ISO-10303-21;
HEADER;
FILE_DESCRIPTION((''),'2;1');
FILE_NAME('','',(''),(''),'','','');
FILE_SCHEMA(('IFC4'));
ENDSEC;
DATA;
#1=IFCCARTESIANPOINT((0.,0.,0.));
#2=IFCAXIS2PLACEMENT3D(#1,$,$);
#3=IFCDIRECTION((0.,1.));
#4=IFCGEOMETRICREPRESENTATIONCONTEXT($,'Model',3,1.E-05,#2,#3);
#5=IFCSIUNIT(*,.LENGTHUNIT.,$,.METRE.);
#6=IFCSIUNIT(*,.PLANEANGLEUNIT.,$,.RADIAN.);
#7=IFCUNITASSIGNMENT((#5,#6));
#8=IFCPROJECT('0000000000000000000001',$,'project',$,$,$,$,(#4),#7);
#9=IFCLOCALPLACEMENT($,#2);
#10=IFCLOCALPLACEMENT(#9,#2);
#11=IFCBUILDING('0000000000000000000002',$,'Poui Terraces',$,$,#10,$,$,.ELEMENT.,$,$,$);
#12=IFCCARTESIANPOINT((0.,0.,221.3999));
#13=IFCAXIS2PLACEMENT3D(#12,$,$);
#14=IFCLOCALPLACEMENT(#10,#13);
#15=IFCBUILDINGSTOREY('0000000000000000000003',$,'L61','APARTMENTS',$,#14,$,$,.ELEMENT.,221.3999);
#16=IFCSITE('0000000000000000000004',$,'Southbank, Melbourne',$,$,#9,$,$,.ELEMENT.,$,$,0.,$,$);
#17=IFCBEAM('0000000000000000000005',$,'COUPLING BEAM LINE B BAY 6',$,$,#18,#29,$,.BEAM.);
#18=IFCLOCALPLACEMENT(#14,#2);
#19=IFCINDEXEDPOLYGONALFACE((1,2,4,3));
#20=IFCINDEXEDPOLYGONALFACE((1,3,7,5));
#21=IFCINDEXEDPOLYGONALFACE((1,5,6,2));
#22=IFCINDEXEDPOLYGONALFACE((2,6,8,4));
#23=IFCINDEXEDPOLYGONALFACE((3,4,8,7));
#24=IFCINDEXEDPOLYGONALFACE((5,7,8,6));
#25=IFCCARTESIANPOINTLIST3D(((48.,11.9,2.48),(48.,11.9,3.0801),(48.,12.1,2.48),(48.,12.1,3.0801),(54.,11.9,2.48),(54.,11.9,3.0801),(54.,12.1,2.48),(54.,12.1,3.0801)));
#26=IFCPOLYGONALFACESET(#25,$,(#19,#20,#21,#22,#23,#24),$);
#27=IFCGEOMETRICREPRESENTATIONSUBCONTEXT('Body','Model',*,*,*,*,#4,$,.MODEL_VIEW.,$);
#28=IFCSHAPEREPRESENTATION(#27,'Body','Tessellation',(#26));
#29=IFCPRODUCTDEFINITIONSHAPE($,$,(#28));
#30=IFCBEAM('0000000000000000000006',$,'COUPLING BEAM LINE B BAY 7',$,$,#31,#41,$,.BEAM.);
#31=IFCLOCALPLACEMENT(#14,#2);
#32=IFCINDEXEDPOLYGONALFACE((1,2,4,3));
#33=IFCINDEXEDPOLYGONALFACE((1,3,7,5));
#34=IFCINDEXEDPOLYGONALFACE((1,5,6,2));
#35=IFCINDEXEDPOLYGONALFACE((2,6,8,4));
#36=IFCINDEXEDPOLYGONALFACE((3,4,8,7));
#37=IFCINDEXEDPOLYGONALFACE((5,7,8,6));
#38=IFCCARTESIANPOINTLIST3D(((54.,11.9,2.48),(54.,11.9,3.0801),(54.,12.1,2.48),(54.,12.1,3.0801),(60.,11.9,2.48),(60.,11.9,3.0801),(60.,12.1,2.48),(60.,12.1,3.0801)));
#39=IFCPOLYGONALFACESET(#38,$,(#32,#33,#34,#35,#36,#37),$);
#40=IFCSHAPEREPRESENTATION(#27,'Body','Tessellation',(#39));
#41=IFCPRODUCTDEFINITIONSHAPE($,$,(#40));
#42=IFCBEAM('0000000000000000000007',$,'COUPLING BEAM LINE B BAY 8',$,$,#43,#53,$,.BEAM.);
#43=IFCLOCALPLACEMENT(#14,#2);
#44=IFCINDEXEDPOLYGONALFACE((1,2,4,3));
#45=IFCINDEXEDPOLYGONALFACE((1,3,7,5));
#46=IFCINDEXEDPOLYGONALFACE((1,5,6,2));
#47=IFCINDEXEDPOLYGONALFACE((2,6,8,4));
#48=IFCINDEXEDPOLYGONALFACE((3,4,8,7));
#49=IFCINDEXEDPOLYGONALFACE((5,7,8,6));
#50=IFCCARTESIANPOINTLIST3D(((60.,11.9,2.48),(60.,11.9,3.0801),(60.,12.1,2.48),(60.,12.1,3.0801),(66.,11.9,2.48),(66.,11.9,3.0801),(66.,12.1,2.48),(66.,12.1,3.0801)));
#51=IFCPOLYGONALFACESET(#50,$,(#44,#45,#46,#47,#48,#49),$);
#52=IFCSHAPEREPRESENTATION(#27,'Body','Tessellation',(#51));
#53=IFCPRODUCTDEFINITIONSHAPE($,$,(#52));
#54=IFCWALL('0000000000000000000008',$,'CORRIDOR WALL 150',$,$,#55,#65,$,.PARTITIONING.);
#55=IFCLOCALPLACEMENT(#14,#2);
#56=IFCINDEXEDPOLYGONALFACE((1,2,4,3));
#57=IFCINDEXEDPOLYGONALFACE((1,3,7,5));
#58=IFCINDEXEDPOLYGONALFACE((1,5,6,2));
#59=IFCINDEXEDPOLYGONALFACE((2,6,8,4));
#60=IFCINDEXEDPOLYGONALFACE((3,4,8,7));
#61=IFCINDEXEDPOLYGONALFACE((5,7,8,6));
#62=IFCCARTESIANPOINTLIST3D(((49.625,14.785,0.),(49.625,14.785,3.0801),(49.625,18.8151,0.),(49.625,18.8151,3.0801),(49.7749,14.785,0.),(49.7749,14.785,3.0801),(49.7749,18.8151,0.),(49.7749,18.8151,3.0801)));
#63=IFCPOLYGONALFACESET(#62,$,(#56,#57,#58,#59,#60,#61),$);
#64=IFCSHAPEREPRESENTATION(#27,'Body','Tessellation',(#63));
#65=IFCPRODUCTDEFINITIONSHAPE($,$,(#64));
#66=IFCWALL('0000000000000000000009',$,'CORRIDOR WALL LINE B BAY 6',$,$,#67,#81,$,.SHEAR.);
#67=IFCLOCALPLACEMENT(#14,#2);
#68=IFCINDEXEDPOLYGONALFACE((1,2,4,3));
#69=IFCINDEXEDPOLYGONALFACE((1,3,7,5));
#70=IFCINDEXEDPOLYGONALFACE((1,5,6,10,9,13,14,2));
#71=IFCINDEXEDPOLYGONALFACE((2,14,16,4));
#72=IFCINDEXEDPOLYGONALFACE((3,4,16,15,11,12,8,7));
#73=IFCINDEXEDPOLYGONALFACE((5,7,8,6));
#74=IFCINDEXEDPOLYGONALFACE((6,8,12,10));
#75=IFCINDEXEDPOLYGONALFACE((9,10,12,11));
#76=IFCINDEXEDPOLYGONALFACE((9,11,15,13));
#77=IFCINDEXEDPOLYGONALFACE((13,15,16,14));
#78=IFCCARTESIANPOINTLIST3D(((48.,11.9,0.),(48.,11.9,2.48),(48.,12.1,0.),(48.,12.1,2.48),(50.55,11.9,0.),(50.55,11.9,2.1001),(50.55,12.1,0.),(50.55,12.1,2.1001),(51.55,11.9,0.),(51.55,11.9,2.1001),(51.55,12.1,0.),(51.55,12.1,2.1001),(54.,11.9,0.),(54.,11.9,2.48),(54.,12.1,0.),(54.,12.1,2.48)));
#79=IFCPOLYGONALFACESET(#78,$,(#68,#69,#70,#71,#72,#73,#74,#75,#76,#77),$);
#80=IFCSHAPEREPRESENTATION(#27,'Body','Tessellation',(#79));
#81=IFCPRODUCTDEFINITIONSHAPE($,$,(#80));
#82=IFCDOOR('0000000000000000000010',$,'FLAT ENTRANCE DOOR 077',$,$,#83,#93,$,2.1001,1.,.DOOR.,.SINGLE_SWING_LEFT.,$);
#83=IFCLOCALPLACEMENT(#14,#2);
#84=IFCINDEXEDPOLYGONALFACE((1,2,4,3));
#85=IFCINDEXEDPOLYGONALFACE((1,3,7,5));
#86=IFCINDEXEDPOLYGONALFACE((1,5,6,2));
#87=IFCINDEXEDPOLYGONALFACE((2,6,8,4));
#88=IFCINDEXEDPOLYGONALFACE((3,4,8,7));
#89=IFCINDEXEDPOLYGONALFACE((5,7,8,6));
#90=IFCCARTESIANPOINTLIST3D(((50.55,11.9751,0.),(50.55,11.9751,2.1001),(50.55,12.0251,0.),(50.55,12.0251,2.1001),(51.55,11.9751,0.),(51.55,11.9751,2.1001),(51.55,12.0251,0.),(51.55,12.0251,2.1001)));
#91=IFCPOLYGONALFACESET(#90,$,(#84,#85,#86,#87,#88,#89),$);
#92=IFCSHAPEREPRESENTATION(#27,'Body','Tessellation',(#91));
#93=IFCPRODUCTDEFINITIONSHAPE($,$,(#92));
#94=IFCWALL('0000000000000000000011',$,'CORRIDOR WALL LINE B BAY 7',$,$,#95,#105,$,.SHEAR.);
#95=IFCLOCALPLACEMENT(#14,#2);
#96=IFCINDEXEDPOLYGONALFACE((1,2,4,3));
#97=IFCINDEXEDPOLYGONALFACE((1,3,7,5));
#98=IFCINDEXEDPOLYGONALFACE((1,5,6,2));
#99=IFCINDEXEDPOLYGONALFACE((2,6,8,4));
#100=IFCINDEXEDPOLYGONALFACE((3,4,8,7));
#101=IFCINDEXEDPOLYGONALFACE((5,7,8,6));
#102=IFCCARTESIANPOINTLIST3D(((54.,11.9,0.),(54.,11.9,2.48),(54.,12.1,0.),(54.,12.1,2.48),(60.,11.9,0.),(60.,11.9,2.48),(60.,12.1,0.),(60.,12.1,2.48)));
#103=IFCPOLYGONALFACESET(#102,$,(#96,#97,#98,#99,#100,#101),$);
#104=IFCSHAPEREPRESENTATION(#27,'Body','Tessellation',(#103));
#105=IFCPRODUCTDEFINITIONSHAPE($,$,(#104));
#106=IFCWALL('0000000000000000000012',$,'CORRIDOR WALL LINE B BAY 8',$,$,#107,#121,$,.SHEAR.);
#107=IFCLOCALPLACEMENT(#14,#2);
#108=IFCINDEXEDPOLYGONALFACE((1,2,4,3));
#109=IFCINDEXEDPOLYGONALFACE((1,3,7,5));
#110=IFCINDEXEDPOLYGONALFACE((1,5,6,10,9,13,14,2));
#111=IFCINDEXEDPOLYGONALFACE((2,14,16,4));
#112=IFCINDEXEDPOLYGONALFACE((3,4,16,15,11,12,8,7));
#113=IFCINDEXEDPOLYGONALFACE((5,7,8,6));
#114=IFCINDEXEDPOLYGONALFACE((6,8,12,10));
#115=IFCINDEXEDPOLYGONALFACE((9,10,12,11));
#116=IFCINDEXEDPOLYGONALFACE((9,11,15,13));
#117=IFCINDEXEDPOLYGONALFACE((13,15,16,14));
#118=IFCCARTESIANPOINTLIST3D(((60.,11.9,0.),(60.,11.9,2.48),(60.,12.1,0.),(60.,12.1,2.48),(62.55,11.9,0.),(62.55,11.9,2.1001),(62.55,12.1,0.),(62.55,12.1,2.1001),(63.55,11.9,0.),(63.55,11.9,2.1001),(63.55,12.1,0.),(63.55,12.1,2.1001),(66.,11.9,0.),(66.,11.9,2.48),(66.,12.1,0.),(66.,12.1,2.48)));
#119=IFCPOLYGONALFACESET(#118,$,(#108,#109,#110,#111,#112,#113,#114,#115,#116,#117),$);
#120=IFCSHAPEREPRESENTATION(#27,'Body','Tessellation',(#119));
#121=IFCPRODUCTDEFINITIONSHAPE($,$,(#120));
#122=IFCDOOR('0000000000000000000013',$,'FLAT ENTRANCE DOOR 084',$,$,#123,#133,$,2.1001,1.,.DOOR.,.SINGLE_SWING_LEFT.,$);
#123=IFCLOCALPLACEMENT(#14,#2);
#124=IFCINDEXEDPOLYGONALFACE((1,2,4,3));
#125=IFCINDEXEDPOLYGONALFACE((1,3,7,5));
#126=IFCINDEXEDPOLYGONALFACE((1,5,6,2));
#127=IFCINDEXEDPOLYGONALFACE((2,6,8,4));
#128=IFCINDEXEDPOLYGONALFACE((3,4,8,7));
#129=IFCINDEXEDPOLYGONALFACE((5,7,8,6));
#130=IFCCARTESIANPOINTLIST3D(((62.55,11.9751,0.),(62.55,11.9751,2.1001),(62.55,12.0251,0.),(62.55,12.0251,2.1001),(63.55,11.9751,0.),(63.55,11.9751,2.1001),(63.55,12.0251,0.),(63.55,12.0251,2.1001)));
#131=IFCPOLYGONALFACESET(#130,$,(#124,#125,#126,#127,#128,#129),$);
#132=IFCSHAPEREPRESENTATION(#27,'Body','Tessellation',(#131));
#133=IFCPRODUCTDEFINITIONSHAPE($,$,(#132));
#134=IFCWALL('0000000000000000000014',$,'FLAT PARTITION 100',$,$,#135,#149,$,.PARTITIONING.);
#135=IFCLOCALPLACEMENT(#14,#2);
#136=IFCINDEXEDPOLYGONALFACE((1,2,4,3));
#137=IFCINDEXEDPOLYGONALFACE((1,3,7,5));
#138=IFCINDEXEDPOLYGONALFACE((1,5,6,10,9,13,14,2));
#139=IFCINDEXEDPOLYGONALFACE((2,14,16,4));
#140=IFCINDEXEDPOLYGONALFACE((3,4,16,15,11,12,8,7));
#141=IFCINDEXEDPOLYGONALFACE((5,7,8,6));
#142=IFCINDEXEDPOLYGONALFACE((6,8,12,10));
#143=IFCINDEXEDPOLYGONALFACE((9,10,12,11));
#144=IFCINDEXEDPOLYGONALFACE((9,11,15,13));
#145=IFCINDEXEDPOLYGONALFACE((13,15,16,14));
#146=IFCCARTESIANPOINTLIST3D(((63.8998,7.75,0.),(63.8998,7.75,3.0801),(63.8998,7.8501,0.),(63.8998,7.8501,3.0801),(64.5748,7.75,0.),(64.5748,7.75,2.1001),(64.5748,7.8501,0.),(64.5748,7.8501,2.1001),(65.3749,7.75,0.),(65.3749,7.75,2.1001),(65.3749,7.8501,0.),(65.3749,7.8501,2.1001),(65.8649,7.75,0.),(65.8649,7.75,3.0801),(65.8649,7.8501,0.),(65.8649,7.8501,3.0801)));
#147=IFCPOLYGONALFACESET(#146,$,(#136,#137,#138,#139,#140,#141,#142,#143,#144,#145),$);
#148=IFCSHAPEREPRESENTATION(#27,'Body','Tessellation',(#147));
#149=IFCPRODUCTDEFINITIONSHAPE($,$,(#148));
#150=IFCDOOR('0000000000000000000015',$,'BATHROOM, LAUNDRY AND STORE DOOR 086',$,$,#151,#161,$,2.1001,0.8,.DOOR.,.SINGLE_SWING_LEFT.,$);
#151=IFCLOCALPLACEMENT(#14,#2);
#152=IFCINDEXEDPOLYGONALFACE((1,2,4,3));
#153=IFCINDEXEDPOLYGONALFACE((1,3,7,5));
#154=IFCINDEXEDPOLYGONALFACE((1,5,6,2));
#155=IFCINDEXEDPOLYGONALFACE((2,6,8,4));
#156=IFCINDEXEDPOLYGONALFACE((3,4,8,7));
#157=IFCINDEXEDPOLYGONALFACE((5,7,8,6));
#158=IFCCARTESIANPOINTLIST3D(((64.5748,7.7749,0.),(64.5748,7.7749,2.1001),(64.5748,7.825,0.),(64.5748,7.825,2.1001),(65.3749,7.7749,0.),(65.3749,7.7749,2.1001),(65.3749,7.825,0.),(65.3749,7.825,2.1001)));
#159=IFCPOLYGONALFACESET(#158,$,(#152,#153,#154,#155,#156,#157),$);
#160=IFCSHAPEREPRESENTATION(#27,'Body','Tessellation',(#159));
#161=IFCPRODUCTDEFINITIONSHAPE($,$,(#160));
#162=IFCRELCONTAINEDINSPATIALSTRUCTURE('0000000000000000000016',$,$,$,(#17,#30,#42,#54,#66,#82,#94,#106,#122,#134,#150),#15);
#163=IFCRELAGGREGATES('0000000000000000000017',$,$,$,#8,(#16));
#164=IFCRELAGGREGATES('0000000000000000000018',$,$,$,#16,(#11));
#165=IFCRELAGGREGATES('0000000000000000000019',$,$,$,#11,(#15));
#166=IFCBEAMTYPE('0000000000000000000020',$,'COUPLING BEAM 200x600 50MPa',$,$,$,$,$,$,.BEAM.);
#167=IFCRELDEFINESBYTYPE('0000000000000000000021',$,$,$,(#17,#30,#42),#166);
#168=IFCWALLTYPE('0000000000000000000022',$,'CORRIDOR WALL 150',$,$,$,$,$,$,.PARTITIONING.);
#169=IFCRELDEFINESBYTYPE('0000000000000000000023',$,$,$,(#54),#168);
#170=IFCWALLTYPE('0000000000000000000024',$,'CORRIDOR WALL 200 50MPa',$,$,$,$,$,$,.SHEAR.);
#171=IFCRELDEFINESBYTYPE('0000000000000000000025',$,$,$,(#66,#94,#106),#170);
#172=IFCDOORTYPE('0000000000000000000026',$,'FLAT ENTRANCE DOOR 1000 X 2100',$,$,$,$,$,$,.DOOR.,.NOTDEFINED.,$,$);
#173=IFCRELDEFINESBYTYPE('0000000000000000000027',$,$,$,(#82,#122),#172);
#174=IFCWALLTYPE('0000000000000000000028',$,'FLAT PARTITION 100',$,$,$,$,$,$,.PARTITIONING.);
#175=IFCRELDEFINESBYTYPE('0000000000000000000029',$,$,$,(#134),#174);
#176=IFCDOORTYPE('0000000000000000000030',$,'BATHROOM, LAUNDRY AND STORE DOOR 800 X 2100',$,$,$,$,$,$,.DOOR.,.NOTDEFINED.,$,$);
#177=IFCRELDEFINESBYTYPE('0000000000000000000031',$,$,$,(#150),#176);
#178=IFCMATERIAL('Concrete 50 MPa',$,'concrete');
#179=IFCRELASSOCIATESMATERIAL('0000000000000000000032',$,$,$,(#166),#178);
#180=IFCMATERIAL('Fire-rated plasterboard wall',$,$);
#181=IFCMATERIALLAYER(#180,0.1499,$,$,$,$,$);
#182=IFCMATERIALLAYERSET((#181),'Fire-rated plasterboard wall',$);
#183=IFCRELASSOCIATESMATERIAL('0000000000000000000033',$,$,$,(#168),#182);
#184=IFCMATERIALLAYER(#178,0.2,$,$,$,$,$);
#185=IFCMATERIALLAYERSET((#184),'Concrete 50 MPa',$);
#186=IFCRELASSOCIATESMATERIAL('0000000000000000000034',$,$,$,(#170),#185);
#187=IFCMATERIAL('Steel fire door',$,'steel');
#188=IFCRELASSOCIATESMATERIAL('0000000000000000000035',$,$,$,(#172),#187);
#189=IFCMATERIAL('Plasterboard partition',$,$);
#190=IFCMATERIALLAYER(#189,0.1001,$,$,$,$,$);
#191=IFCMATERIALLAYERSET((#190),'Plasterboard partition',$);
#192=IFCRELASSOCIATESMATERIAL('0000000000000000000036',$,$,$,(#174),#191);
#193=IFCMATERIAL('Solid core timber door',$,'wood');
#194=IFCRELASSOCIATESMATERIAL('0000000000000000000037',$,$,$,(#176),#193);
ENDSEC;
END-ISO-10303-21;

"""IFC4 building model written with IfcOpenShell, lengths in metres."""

from ifc_helpers import new_model, si_unit, direction, frame, frame_2d, origin, origin_2d, place, context, subcontext, project, spatial, rectangle, extrude, source, transform, mapped, material, layer, layer_set, material_profile, profile_set, type_object, element, fill, save


model = new_model("IFC4")

# Units and contexts
model_context = context("Model", 3, precision=1e-05, world=origin(), true_north=direction((0.0, 1.0)))
body_context = subcontext(model_context, "Body", "Model", "MODEL_VIEW")
ifc_project = project(units=[si_unit("LENGTHUNIT", "METRE"), si_unit("PLANEANGLEUNIT", "RADIAN")], contexts=[model_context])

# Site, building, storey
site_placement = place(None, origin())
site = spatial("IfcSite", under=ifc_project, at=site_placement, Name="Southbank, Melbourne", CompositionType="ELEMENT", RefElevation=0.0)
building_placement = place(site_placement, origin())
building = spatial("IfcBuilding", under=site, at=building_placement, Name="Poui Terraces", CompositionType="ELEMENT")
storey_placement = place(building_placement, frame((0.0, 0.0, 221.3999)))
storey = spatial("IfcBuildingStorey", under=building, at=storey_placement, Name="L61", Description="APARTMENTS", CompositionType="ELEMENT", Elevation=221.3999)

# Beams
ifc_material_1 = material(Name="Concrete 50 MPa", Category="concrete")
ifc_material_profile = material_profile(ifc_material_1, rectangle(XDim=0.2, YDim=0.6001, at=origin_2d()), Name="RC 200x600")
ifc_profile_set = profile_set([ifc_material_profile], Name="Concrete 50 MPa")
beam_type = type_object("IfcBeamType", Name="COUPLING BEAM 200x600 50MPa", PredefinedType="BEAM", material=ifc_profile_set)
shared_shape = source(origin(), body_context, "Body", "SweptSolid", [
    extrude(rectangle(XDim=0.2, YDim=0.6001, at=origin_2d()), origin(), (0.0, 0.0, 1.0), 6.0),
])
for number, where, z_axis, x_axis, name in (
    (1, (48.0, 12.0, 2.78), (1.0, 0.0, 0.0), (0.0, 1.0, 0.0), "COUPLING BEAM LINE B BAY 6"),
    (2, (54.0, 12.0, 2.78), (1.0, 0.0, 0.0), (0.0, 1.0, 0.0), "COUPLING BEAM LINE B BAY 7"),
    (3, (60.0, 12.0, 2.78), (1.0, 0.0, 0.0), (0.0, 1.0, 0.0), "COUPLING BEAM LINE B BAY 8"),
):
    element("IfcBeam", number, at=place(storey_placement, frame(where, z_axis=z_axis, x_axis=x_axis)), inside=storey, type_object=beam_type, Name=name, PredefinedType="BEAM", context=body_context, shape_type="MappedRepresentation", body=[
        mapped(shared_shape, transform((0.0, 0.0, 0.0))),
    ])

# Wall
ifc_material_2 = material(Name="Fire-rated plasterboard wall")
ifc_layer_1 = layer(ifc_material_2, 0.1499)
ifc_layer_set_1 = layer_set([ifc_layer_1], Name="Fire-rated plasterboard wall")
wall_type_1 = type_object("IfcWallType", Name="CORRIDOR WALL 150", PredefinedType="PARTITIONING", material=ifc_layer_set_1)
wall_1_placement = place(storey_placement, frame((49.7, 14.7849, 0.0), z_axis=(0.0, 0.0, 1.0), x_axis=(0.0, 1.0, 0.0)))
element("IfcWall", 4, at=wall_1_placement, inside=storey, type_object=wall_type_1, Name="CORRIDOR WALL 150", PredefinedType="PARTITIONING", context=body_context, shape_type="SweptSolid", body=[
    extrude(rectangle(XDim=4.03, YDim=0.1499, at=frame_2d((2.0151, 0.0))), origin(), (0.0, 0.0, 1.0), 3.0801),
])

# Wall, opening, door
ifc_layer_2 = layer(ifc_material_1, 0.2)
ifc_layer_set_2 = layer_set([ifc_layer_2], Name="Concrete 50 MPa")
wall_type_2 = type_object("IfcWallType", Name="CORRIDOR WALL 200 50MPa", PredefinedType="SHEAR", material=ifc_layer_set_2)
wall_2_placement = place(storey_placement, frame((48.0, 12.0, 0.0), z_axis=(0.0, 0.0, 1.0), x_axis=(1.0, 0.0, 0.0)))
wall_2 = element("IfcWall", 5, at=wall_2_placement, inside=storey, type_object=wall_type_2, Name="CORRIDOR WALL LINE B BAY 6", PredefinedType="SHEAR", context=body_context, shape_type="SweptSolid", body=[
    extrude(rectangle(XDim=6.0, YDim=0.2, at=frame_2d((3.0, 0.0))), origin(), (0.0, 0.0, 1.0), 2.48),
])
opening_1_placement = place(wall_2_placement, frame((2.55, 0.0, 0.0)))
opening_1 = element("IfcOpeningElement", 6, at=opening_1_placement, cuts=wall_2, PredefinedType="OPENING", context=body_context, shape_type="SweptSolid", body=[
    extrude(rectangle(XDim=1.0, YDim=2.1001, at=frame_2d((0.5, 1.05))), frame((0.0, 0.1099, 0.0), z_axis=(0.0, -1.0, 0.0), x_axis=(1.0, 0.0, 0.0)), (0.0, 0.0, 1.0), 0.22),
])
ifc_material_3 = material(Name="Steel fire door", Category="steel")
door_type_1 = type_object("IfcDoorType", Name="FLAT ENTRANCE DOOR 1000 X 2100", OperationType="NOTDEFINED", PredefinedType="DOOR", material=ifc_material_3)
door_1_placement = place(opening_1_placement, frame((1.0, 0.0, 0.0), z_axis=(0.0, 0.0, 1.0), x_axis=(-1.0, 0.0, 0.0)))
door_1 = element("IfcDoor", 7, at=door_1_placement, inside=storey, type_object=door_type_1, Name="FLAT ENTRANCE DOOR 077", OperationType="SINGLE_SWING_LEFT", OverallHeight=2.1001, OverallWidth=1.0, PredefinedType="DOOR", context=body_context, shape_type="SweptSolid", body=[
    extrude(rectangle(XDim=1.0, YDim=2.1001, at=frame_2d((0.5, 1.05))), frame((0.0, 0.0249, 0.0), z_axis=(0.0, -1.0, 0.0), x_axis=(1.0, 0.0, 0.0)), (0.0, 0.0, 1.0), 0.05),
])
fill(opening_1, door_1)

# Wall
wall_3_placement = place(storey_placement, frame((54.0, 12.0, 0.0), z_axis=(0.0, 0.0, 1.0), x_axis=(1.0, 0.0, 0.0)))
element("IfcWall", 8, at=wall_3_placement, inside=storey, type_object=wall_type_2, Name="CORRIDOR WALL LINE B BAY 7", PredefinedType="SHEAR", context=body_context, shape_type="SweptSolid", body=[
    extrude(rectangle(XDim=6.0, YDim=0.2, at=frame_2d((3.0, 0.0))), origin(), (0.0, 0.0, 1.0), 2.48),
])

# Walls, openings, doors
wall_4_placement = place(storey_placement, frame((60.0, 12.0, 0.0), z_axis=(0.0, 0.0, 1.0), x_axis=(1.0, 0.0, 0.0)))
wall_4 = element("IfcWall", 9, at=wall_4_placement, inside=storey, type_object=wall_type_2, Name="CORRIDOR WALL LINE B BAY 8", PredefinedType="SHEAR", context=body_context, shape_type="SweptSolid", body=[
    extrude(rectangle(XDim=6.0, YDim=0.2, at=frame_2d((3.0, 0.0))), origin(), (0.0, 0.0, 1.0), 2.48),
])
opening_2_placement = place(wall_4_placement, frame((2.55, 0.0, 0.0)))
opening_2 = element("IfcOpeningElement", 10, at=opening_2_placement, cuts=wall_4, PredefinedType="OPENING", context=body_context, shape_type="SweptSolid", body=[
    extrude(rectangle(XDim=1.0, YDim=2.1001, at=frame_2d((0.5, 1.05))), frame((0.0, 0.1099, 0.0), z_axis=(0.0, -1.0, 0.0), x_axis=(1.0, 0.0, 0.0)), (0.0, 0.0, 1.0), 0.22),
])
door_2_placement = place(opening_2_placement, frame((1.0, 0.0, 0.0), z_axis=(0.0, 0.0, 1.0), x_axis=(-1.0, 0.0, 0.0)))
door_2 = element("IfcDoor", 11, at=door_2_placement, inside=storey, type_object=door_type_1, Name="FLAT ENTRANCE DOOR 084", OperationType="SINGLE_SWING_LEFT", OverallHeight=2.1001, OverallWidth=1.0, PredefinedType="DOOR", context=body_context, shape_type="SweptSolid", body=[
    extrude(rectangle(XDim=1.0, YDim=2.1001, at=frame_2d((0.5, 1.05))), frame((0.0, 0.0249, 0.0), z_axis=(0.0, -1.0, 0.0), x_axis=(1.0, 0.0, 0.0)), (0.0, 0.0, 1.0), 0.05),
])
fill(opening_2, door_2)
ifc_material_4 = material(Name="Plasterboard partition")
ifc_layer_3 = layer(ifc_material_4, 0.1001)
ifc_layer_set_3 = layer_set([ifc_layer_3], Name="Plasterboard partition")
wall_type_3 = type_object("IfcWallType", Name="FLAT PARTITION 100", PredefinedType="PARTITIONING", material=ifc_layer_set_3)
wall_5_placement = place(storey_placement, frame((63.8999, 7.8, 0.0), z_axis=(0.0, 0.0, 1.0), x_axis=(1.0, 0.0, 0.0)))
wall_5 = element("IfcWall", 12, at=wall_5_placement, inside=storey, type_object=wall_type_3, Name="FLAT PARTITION 100", PredefinedType="PARTITIONING", context=body_context, shape_type="SweptSolid", body=[
    extrude(rectangle(XDim=1.9651, YDim=0.1001, at=frame_2d((0.9824, 0.0))), origin(), (0.0, 0.0, 1.0), 3.0801),
])
opening_3_placement = place(wall_5_placement, frame((0.675, 0.0, 0.0)))
opening_3 = element("IfcOpeningElement", 13, at=opening_3_placement, cuts=wall_5, PredefinedType="OPENING", context=body_context, shape_type="SweptSolid", body=[
    extrude(rectangle(XDim=0.8, YDim=2.1001, at=frame_2d((0.3999, 1.05))), frame((0.0, 0.0601, 0.0), z_axis=(0.0, -1.0, 0.0), x_axis=(1.0, 0.0, 0.0)), (0.0, 0.0, 1.0), 0.1201),
])
ifc_material_5 = material(Name="Solid core timber door", Category="wood")
door_type_2 = type_object("IfcDoorType", Name="BATHROOM, LAUNDRY AND STORE DOOR 800 X 2100", OperationType="NOTDEFINED", PredefinedType="DOOR", material=ifc_material_5)
door_3_placement = place(opening_3_placement, origin())
door_3 = element("IfcDoor", 14, at=door_3_placement, inside=storey, type_object=door_type_2, Name="BATHROOM, LAUNDRY AND STORE DOOR 086", OperationType="SINGLE_SWING_LEFT", OverallHeight=2.1001, OverallWidth=0.8, PredefinedType="DOOR", context=body_context, shape_type="SweptSolid", body=[
    extrude(rectangle(XDim=0.8, YDim=2.1001, at=frame_2d((0.3999, 1.05))), frame((0.0, 0.0249, 0.0), z_axis=(0.0, -1.0, 0.0), x_axis=(1.0, 0.0, 0.0)), (0.0, 0.0, 1.0), 0.05),
])
fill(opening_3, door_3)

save(model, "model.ifc")
